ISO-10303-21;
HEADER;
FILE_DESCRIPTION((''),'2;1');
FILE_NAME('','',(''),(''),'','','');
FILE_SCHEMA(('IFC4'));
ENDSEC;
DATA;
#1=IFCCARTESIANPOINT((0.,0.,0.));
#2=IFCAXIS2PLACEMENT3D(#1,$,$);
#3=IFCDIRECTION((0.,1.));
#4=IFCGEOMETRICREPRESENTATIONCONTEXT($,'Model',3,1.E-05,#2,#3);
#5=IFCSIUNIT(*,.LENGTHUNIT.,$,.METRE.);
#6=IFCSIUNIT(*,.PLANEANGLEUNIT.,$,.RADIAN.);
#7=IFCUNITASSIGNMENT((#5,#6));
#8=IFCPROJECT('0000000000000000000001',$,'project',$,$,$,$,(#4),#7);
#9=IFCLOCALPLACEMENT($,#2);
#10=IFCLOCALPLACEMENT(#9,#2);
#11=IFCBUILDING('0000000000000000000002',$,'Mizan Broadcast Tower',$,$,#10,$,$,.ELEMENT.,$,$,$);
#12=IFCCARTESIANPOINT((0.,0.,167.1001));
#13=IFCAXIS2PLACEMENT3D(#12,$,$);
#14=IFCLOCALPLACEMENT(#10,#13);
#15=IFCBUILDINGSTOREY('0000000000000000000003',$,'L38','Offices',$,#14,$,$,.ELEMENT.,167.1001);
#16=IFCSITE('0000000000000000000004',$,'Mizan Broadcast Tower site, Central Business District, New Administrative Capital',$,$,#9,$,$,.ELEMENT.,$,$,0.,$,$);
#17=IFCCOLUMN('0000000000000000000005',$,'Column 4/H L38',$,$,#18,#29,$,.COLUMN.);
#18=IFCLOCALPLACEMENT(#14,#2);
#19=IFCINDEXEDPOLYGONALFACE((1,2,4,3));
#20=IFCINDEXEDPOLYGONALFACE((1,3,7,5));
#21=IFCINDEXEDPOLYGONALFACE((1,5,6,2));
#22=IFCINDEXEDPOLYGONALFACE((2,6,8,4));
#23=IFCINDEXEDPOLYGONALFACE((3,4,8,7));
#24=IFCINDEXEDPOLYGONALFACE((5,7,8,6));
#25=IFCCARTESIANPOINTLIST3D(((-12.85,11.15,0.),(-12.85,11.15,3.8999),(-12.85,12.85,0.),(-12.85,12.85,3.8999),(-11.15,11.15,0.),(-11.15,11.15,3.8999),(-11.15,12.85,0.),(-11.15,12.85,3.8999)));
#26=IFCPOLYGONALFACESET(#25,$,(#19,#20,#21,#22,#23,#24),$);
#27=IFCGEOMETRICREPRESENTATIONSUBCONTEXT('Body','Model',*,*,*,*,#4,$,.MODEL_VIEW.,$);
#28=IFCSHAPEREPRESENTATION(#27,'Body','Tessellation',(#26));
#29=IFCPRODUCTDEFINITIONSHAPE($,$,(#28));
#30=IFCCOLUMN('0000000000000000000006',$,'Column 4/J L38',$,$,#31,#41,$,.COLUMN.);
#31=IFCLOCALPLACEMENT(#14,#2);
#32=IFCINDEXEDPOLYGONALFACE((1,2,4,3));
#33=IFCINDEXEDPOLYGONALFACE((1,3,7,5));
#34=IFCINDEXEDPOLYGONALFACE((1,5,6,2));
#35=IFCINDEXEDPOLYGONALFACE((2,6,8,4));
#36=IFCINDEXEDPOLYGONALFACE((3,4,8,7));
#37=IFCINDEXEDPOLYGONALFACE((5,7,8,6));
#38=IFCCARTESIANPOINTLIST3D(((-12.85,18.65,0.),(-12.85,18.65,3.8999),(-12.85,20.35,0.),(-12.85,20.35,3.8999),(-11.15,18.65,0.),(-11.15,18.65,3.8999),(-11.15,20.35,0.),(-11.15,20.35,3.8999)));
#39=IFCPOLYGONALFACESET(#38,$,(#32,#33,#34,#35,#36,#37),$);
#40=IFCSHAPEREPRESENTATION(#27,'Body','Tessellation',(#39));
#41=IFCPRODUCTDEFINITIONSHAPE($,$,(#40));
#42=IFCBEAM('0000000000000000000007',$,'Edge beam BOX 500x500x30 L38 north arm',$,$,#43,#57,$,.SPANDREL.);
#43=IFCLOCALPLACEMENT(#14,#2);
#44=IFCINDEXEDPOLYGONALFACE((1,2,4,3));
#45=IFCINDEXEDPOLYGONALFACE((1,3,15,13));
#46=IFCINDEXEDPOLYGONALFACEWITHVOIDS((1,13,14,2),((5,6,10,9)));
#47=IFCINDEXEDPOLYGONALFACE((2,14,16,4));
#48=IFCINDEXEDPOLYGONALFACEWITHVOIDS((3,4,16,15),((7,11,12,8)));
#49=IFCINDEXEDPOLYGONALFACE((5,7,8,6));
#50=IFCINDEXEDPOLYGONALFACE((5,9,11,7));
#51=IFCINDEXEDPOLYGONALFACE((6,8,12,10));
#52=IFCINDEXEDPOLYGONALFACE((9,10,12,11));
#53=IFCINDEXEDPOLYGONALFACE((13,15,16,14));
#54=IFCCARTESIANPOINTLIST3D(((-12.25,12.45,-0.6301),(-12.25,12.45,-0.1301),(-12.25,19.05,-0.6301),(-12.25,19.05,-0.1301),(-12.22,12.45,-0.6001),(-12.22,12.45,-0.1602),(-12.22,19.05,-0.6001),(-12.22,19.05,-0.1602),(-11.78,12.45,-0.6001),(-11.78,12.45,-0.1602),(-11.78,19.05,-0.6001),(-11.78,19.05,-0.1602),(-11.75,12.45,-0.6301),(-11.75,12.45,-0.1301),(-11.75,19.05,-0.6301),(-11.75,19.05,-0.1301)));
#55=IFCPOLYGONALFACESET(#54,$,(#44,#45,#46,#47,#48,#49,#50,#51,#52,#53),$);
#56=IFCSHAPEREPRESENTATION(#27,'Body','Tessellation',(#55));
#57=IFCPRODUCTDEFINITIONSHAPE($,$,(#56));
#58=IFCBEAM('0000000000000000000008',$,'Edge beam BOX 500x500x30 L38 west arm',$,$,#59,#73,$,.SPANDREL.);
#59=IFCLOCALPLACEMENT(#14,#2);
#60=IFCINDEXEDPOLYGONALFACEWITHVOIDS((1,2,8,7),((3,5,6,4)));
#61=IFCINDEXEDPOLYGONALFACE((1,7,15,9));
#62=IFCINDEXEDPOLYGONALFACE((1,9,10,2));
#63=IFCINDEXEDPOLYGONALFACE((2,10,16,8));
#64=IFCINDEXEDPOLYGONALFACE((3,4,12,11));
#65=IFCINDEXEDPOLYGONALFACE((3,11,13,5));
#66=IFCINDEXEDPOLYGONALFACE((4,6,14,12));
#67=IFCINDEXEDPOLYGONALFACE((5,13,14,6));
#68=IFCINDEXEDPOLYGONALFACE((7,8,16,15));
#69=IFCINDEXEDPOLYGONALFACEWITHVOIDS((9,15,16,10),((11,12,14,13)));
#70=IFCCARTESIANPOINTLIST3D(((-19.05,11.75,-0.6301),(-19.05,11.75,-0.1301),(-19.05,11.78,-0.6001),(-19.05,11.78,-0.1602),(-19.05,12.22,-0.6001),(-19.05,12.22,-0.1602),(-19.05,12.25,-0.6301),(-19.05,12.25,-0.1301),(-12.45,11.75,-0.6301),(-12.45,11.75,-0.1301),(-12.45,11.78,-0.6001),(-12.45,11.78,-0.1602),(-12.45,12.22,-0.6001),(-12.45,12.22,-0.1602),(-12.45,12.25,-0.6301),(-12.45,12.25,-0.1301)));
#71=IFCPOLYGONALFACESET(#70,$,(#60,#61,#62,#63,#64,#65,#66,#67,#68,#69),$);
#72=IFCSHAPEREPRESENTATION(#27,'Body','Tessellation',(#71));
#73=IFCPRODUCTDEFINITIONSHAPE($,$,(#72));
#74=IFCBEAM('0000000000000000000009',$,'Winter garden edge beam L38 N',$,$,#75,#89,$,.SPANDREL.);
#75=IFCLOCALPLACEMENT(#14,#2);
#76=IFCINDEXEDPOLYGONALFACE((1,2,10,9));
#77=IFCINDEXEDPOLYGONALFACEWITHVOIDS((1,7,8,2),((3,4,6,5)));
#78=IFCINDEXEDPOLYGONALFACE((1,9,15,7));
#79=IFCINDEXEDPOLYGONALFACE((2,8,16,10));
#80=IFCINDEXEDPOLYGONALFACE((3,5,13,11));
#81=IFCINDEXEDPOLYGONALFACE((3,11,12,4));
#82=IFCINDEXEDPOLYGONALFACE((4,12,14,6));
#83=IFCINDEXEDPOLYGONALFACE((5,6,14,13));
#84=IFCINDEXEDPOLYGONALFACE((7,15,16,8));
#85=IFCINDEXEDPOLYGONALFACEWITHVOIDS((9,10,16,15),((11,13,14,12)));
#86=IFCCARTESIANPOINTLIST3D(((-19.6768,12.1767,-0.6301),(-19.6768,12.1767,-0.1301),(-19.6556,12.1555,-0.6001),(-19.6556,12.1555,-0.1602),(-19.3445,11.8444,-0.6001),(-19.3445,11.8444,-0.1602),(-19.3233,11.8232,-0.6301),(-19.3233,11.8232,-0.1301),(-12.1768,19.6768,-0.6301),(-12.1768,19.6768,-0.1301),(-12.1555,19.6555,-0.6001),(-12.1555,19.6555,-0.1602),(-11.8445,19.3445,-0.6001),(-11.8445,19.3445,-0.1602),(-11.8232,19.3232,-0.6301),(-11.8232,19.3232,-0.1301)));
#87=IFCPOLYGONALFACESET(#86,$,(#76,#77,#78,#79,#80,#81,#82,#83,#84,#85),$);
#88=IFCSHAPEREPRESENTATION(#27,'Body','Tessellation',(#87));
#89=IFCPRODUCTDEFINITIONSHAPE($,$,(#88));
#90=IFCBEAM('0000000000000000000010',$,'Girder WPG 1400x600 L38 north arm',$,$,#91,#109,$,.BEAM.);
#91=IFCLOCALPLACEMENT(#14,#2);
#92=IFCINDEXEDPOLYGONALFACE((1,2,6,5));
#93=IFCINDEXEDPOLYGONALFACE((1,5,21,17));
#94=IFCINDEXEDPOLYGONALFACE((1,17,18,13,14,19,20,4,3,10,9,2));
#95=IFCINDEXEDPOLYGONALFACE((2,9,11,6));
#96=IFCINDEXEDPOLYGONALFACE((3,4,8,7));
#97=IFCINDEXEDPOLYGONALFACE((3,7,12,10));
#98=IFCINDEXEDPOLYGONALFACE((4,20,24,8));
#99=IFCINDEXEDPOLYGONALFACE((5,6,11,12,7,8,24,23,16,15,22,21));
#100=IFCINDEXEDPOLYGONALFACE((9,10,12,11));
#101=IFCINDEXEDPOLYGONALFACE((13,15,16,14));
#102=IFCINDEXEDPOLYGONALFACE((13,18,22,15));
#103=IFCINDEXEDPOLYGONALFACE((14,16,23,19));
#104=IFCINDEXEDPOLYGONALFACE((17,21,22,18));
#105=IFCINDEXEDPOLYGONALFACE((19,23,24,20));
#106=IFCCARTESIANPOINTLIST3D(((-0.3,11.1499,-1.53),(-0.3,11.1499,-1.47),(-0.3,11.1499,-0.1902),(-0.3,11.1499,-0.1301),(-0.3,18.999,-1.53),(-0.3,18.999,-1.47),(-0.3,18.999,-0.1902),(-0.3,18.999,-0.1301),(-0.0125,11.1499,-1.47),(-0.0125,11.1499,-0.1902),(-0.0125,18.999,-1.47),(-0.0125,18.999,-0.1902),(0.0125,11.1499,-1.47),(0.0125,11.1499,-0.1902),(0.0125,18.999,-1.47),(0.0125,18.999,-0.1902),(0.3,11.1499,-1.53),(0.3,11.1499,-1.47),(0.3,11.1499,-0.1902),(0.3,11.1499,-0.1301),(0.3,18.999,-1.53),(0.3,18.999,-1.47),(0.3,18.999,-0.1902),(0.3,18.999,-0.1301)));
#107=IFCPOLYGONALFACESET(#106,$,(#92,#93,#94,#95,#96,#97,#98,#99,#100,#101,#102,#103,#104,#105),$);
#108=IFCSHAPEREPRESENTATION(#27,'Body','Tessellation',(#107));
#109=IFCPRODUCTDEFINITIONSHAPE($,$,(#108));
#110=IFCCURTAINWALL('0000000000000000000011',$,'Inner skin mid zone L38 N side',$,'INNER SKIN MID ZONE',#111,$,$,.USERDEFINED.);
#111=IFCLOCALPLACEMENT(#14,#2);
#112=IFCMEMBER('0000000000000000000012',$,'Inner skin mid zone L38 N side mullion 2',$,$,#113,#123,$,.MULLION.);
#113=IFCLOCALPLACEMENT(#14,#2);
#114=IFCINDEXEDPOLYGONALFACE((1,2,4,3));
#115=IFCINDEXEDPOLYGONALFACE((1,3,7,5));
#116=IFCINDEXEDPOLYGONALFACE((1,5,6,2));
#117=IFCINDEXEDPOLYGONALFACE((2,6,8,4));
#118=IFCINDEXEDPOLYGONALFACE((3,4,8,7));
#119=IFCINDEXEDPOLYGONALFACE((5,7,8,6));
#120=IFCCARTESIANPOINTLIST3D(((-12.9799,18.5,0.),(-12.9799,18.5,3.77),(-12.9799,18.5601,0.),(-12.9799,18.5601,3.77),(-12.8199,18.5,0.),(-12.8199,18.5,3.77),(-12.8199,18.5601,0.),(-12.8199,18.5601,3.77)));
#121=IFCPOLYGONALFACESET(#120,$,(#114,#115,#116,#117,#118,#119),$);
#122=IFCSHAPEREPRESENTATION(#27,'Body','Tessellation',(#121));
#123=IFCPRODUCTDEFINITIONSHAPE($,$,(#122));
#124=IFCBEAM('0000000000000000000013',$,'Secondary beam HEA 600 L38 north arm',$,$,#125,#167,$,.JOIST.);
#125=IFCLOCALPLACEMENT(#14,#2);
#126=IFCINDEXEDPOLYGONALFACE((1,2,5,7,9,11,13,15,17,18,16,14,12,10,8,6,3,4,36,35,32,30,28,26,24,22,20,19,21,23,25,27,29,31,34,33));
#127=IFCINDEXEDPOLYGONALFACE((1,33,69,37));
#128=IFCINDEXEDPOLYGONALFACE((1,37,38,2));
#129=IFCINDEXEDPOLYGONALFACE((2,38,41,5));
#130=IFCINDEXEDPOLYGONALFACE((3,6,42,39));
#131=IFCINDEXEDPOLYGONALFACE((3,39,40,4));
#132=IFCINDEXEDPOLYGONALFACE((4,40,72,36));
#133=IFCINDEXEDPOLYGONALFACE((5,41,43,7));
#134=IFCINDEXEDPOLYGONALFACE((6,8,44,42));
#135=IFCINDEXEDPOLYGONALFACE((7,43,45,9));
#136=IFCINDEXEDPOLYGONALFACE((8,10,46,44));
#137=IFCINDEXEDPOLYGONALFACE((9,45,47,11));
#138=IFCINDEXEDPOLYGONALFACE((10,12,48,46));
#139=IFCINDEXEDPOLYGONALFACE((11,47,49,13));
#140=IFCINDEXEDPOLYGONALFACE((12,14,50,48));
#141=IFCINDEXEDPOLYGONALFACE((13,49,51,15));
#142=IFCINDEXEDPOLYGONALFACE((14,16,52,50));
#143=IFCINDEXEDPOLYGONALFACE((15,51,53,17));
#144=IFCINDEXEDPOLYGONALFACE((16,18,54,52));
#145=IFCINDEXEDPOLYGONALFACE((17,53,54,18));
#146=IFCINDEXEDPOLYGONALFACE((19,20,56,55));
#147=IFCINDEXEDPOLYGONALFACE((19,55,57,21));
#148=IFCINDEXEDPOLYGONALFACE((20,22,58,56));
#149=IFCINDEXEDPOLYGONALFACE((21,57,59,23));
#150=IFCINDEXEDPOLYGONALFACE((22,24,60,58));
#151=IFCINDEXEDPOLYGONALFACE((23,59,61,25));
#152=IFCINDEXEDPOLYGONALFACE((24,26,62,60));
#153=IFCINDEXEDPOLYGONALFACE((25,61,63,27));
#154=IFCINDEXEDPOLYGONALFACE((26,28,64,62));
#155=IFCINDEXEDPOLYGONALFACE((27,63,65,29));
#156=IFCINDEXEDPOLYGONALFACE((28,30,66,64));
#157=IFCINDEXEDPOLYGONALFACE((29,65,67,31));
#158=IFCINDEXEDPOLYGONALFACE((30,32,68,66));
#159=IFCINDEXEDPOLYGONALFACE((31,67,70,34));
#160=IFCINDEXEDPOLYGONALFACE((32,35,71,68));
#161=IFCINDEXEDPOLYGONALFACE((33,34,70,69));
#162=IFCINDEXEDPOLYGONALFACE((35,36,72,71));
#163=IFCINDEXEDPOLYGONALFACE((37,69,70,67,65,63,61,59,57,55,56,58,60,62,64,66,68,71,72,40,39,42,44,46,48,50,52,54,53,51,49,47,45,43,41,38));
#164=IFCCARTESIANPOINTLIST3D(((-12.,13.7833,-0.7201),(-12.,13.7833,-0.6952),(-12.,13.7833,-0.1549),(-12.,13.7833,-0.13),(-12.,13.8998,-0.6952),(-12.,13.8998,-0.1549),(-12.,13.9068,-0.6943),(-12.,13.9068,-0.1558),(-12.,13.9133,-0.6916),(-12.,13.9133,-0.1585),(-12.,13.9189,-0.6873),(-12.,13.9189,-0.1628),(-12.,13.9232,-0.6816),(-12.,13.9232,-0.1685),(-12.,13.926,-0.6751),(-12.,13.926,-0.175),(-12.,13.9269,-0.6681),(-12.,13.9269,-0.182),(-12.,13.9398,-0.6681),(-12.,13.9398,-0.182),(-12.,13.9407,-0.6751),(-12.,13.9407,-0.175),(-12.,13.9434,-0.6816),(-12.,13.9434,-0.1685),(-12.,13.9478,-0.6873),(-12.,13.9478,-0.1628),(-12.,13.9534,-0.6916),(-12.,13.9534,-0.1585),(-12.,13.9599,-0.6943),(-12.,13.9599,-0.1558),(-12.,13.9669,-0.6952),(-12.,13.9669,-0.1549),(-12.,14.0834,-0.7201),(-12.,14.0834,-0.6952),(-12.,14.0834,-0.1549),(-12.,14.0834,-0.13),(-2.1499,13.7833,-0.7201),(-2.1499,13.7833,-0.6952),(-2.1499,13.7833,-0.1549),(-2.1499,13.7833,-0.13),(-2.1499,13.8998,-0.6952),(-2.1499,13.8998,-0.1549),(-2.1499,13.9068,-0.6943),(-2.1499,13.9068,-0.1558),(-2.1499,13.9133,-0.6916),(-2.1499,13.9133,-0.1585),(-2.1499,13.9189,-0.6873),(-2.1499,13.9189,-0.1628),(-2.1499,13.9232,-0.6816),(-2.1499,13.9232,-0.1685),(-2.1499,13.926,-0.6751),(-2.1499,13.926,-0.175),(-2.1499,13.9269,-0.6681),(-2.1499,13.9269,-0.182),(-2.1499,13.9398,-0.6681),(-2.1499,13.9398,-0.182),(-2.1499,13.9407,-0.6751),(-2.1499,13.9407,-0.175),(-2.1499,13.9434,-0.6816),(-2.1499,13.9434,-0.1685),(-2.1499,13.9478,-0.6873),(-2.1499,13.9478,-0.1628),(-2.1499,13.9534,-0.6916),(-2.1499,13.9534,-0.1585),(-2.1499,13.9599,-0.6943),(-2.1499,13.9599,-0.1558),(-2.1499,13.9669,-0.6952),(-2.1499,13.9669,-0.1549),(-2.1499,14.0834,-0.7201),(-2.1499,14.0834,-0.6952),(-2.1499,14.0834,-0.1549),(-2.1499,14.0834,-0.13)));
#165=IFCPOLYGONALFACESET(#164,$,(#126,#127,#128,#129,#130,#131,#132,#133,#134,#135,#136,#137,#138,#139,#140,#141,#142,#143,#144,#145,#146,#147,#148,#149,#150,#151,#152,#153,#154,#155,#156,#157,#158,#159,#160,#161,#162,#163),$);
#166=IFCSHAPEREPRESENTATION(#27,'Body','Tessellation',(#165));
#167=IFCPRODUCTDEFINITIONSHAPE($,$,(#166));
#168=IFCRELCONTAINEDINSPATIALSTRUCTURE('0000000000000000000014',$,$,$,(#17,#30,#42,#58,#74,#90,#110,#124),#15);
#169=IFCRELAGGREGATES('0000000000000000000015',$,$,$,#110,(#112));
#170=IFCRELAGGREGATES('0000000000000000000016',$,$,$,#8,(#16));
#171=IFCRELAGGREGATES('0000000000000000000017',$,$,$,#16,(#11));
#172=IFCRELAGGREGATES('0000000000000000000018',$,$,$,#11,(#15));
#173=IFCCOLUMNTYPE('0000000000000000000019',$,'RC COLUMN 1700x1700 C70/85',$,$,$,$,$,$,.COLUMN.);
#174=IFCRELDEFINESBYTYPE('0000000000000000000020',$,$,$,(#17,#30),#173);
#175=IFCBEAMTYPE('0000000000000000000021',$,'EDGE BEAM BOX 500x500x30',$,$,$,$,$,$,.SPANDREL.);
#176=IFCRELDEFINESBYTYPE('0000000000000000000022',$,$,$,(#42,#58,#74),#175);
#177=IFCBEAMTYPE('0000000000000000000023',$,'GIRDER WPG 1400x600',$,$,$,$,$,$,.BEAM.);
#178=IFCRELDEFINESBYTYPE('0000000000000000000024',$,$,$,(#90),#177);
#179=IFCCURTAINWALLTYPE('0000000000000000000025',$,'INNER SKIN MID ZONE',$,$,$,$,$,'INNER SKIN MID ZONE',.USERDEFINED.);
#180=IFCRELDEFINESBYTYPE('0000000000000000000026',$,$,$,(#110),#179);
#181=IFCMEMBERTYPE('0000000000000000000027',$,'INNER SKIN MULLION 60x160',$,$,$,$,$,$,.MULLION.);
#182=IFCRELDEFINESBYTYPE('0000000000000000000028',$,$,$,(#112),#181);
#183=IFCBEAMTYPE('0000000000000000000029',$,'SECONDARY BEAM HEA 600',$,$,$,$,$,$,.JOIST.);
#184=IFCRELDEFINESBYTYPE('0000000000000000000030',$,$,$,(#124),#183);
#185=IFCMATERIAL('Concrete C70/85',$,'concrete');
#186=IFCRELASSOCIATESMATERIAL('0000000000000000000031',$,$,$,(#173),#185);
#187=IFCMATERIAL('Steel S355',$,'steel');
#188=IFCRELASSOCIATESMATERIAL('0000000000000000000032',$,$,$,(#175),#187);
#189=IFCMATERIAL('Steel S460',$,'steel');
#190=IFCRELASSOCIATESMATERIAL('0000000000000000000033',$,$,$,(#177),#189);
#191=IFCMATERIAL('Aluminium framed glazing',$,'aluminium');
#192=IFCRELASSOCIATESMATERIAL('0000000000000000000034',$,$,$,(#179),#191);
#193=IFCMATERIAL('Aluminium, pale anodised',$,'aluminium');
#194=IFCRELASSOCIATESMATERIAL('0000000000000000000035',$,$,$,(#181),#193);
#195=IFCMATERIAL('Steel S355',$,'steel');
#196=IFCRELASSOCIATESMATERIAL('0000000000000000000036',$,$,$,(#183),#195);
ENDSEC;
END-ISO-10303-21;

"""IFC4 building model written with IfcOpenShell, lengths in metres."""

from ifc_helpers import new_model, si_unit, direction, frame, origin, origin_2d, place, context, subcontext, project, spatial, rectangle, hollow_rectangle, i_section, extrude, material, material_profile, profile_set, type_object, element, aggregate, save


model = new_model("IFC4")

# Units and contexts
model_context = context("Model", 3, precision=1e-05, world=origin(), true_north=direction((0.0, 1.0)))
body_context = subcontext(model_context, "Body", "Model", "MODEL_VIEW")
ifc_project = project(units=[si_unit("LENGTHUNIT", "METRE"), si_unit("PLANEANGLEUNIT", "RADIAN")], contexts=[model_context])

# Site, building, storey
site_placement = place(None, origin())
site = spatial("IfcSite", under=ifc_project, at=site_placement, Name="Mizan Broadcast Tower site, Central Business District, New Administrative Capital", CompositionType="ELEMENT", RefElevation=0.0)
building_placement = place(site_placement, origin())
building = spatial("IfcBuilding", under=site, at=building_placement, Name="Mizan Broadcast Tower", CompositionType="ELEMENT")
storey_placement = place(building_placement, frame((0.0, 0.0, 167.1001)))
storey = spatial("IfcBuildingStorey", under=building, at=storey_placement, Name="L38", Description="Offices", CompositionType="ELEMENT", Elevation=167.1001)

# Columns
ifc_material_1 = material(Name="Concrete C70/85", Category="concrete")
ifc_material_profile_1 = material_profile(ifc_material_1, rectangle(XDim=1.7, YDim=1.7, at=origin_2d()), Name="RC 1700x1700")
ifc_profile_set_1 = profile_set([ifc_material_profile_1], Name="Concrete C70/85")
column_type = type_object("IfcColumnType", Name="RC COLUMN 1700x1700 C70/85", PredefinedType="COLUMN", material=ifc_profile_set_1)
for number, where, z_axis, x_axis, name in (
    (1, (-12.0, 12.0, 0.0), (0.0, 0.0, 1.0), (1.0, 0.0, 0.0), "Column 4/H L38"),
    (2, (-12.0, 19.5, 0.0), (0.0, 0.0, 1.0), (1.0, 0.0, 0.0), "Column 4/J L38"),
):
    element("IfcColumn", number, at=place(storey_placement, frame(where, z_axis=z_axis, x_axis=x_axis)), inside=storey, type_object=column_type, Name=name, PredefinedType="COLUMN", context=body_context, shape_type="SweptSolid", body=[
        extrude(rectangle(XDim=1.7, YDim=1.7, at=origin_2d()), origin(), (0.0, 0.0, 1.0), 3.8999),
    ])

# Beams
ifc_material_2 = material(Name="Steel S355", Category="steel")
ifc_material_profile_2 = material_profile(ifc_material_2, hollow_rectangle(XDim=0.5, YDim=0.5, WallThickness=0.03, at=origin_2d()), Name="BOX 500x500x30")
ifc_profile_set_2 = profile_set([ifc_material_profile_2], Name="Steel S355")
beam_type_1 = type_object("IfcBeamType", Name="EDGE BEAM BOX 500x500x30", PredefinedType="SPANDREL", material=ifc_profile_set_2)
for number, where, z_axis, x_axis, name in (
    (3, (-12.0, 12.45, -0.3801), (0.0, 1.0, 0.0), (-1.0, 0.0, 0.0), "Edge beam BOX 500x500x30 L38 north arm"),
    (4, (-12.45, 12.0, -0.3801), (-1.0, 0.0, 0.0), (0.0, -1.0, 0.0), "Edge beam BOX 500x500x30 L38 west arm"),
):
    element("IfcBeam", number, at=place(storey_placement, frame(where, z_axis=z_axis, x_axis=x_axis)), inside=storey, type_object=beam_type_1, Name=name, PredefinedType="SPANDREL", context=body_context, shape_type="SweptSolid", body=[
        extrude(hollow_rectangle(XDim=0.5, YDim=0.5, WallThickness=0.03, at=origin_2d()), origin(), (0.0, 0.0, 1.0), 6.6001),
    ])
beam_1_placement = place(storey_placement, frame((-12.0, 19.5, -0.3801), z_axis=(-0.707107, -0.707107, 0.0), x_axis=(0.707107, -0.707107, 0.0)))
element("IfcBeam", 5, at=beam_1_placement, inside=storey, type_object=beam_type_1, Name="Winter garden edge beam L38 N", PredefinedType="SPANDREL", context=body_context, shape_type="SweptSolid", body=[
    extrude(hollow_rectangle(XDim=0.5, YDim=0.5, WallThickness=0.03, at=origin_2d()), origin(), (0.0, 0.0, 1.0), 10.6067),
])
ifc_material_3 = material(Name="Steel S460", Category="steel")
ifc_material_profile_3 = material_profile(ifc_material_3, i_section(OverallWidth=0.6001, OverallDepth=1.3999, WebThickness=0.0249, FlangeThickness=0.0601, at=origin_2d()), Name="WPG 1400x600")
ifc_profile_set_3 = profile_set([ifc_material_profile_3], Name="Steel S460")
beam_type_2 = type_object("IfcBeamType", Name="GIRDER WPG 1400x600", PredefinedType="BEAM", material=ifc_profile_set_3)
beam_2_placement = place(storey_placement, frame((0.0, 11.1499, -0.8301), z_axis=(0.0, 1.0, 0.0), x_axis=(-1.0, 0.0, 0.0)))
element("IfcBeam", 6, at=beam_2_placement, inside=storey, type_object=beam_type_2, Name="Girder WPG 1400x600 L38 north arm", PredefinedType="BEAM", context=body_context, shape_type="SweptSolid", body=[
    extrude(i_section(OverallWidth=0.6001, OverallDepth=1.3999, WebThickness=0.0249, FlangeThickness=0.0601, at=origin_2d()), origin(), (0.0, 0.0, 1.0), 7.8491),
])

# Curtain wall, member
ifc_material_4 = material(Name="Aluminium framed glazing", Category="aluminium")
curtain_wall_type = type_object("IfcCurtainWallType", Name="INNER SKIN MID ZONE", ElementType="INNER SKIN MID ZONE", PredefinedType="USERDEFINED", material=ifc_material_4)
curtain_wall_placement = place(storey_placement, origin())
curtain_wall = element("IfcCurtainWall", 7, at=curtain_wall_placement, inside=storey, type_object=curtain_wall_type, Name="Inner skin mid zone L38 N side", ObjectType="INNER SKIN MID ZONE", PredefinedType="USERDEFINED")
ifc_material_5 = material(Name="Aluminium, pale anodised", Category="aluminium")
ifc_material_profile_4 = material_profile(ifc_material_5, rectangle(XDim=0.1599, YDim=0.0601, at=origin_2d()), Name="MULLION 160x60")
ifc_profile_set_4 = profile_set([ifc_material_profile_4], Name="Aluminium, pale anodised")
member_type = type_object("IfcMemberType", Name="INNER SKIN MULLION 60x160", PredefinedType="MULLION", material=ifc_profile_set_4)
member_placement = place(storey_placement, frame((-12.8999, 18.53, 0.0), z_axis=(0.0, 0.0, 1.0), x_axis=(1.0, 0.0, 0.0)))
member = element("IfcMember", 8, at=member_placement, type_object=member_type, Name="Inner skin mid zone L38 N side mullion 2", PredefinedType="MULLION", context=body_context, shape_type="SweptSolid", body=[
    extrude(rectangle(XDim=0.1599, YDim=0.0601, at=origin_2d()), origin(), (0.0, 0.0, 1.0), 3.77),
])
aggregate(curtain_wall, [member])

# Beam
ifc_material_6 = material(Name="Steel S355", Category="steel")
ifc_material_profile_5 = material_profile(ifc_material_6, i_section(OverallWidth=0.3, OverallDepth=0.5901, WebThickness=0.0129, FlangeThickness=0.0249, FilletRadius=0.0271, at=origin_2d()), Name="HEA 600")
ifc_profile_set_5 = profile_set([ifc_material_profile_5], Name="Steel S355")
beam_type_3 = type_object("IfcBeamType", Name="SECONDARY BEAM HEA 600", PredefinedType="JOIST", material=ifc_profile_set_5)
for number, where, z_axis, x_axis, name in (
    (9, (-12.0, 13.9333, -0.425), (1.0, 0.0, 0.0), (0.0, 1.0, 0.0), "Secondary beam HEA 600 L38 north arm"),
):
    element("IfcBeam", number, at=place(storey_placement, frame(where, z_axis=z_axis, x_axis=x_axis)), inside=storey, type_object=beam_type_3, Name=name, PredefinedType="JOIST", context=body_context, shape_type="SweptSolid", body=[
        extrude(i_section(OverallWidth=0.3, OverallDepth=0.5901, WebThickness=0.0129, FlangeThickness=0.0249, FilletRadius=0.0271, at=origin_2d()), origin(), (0.0, 0.0, 1.0), 9.8501),
    ])

save(model, "model.ifc")
